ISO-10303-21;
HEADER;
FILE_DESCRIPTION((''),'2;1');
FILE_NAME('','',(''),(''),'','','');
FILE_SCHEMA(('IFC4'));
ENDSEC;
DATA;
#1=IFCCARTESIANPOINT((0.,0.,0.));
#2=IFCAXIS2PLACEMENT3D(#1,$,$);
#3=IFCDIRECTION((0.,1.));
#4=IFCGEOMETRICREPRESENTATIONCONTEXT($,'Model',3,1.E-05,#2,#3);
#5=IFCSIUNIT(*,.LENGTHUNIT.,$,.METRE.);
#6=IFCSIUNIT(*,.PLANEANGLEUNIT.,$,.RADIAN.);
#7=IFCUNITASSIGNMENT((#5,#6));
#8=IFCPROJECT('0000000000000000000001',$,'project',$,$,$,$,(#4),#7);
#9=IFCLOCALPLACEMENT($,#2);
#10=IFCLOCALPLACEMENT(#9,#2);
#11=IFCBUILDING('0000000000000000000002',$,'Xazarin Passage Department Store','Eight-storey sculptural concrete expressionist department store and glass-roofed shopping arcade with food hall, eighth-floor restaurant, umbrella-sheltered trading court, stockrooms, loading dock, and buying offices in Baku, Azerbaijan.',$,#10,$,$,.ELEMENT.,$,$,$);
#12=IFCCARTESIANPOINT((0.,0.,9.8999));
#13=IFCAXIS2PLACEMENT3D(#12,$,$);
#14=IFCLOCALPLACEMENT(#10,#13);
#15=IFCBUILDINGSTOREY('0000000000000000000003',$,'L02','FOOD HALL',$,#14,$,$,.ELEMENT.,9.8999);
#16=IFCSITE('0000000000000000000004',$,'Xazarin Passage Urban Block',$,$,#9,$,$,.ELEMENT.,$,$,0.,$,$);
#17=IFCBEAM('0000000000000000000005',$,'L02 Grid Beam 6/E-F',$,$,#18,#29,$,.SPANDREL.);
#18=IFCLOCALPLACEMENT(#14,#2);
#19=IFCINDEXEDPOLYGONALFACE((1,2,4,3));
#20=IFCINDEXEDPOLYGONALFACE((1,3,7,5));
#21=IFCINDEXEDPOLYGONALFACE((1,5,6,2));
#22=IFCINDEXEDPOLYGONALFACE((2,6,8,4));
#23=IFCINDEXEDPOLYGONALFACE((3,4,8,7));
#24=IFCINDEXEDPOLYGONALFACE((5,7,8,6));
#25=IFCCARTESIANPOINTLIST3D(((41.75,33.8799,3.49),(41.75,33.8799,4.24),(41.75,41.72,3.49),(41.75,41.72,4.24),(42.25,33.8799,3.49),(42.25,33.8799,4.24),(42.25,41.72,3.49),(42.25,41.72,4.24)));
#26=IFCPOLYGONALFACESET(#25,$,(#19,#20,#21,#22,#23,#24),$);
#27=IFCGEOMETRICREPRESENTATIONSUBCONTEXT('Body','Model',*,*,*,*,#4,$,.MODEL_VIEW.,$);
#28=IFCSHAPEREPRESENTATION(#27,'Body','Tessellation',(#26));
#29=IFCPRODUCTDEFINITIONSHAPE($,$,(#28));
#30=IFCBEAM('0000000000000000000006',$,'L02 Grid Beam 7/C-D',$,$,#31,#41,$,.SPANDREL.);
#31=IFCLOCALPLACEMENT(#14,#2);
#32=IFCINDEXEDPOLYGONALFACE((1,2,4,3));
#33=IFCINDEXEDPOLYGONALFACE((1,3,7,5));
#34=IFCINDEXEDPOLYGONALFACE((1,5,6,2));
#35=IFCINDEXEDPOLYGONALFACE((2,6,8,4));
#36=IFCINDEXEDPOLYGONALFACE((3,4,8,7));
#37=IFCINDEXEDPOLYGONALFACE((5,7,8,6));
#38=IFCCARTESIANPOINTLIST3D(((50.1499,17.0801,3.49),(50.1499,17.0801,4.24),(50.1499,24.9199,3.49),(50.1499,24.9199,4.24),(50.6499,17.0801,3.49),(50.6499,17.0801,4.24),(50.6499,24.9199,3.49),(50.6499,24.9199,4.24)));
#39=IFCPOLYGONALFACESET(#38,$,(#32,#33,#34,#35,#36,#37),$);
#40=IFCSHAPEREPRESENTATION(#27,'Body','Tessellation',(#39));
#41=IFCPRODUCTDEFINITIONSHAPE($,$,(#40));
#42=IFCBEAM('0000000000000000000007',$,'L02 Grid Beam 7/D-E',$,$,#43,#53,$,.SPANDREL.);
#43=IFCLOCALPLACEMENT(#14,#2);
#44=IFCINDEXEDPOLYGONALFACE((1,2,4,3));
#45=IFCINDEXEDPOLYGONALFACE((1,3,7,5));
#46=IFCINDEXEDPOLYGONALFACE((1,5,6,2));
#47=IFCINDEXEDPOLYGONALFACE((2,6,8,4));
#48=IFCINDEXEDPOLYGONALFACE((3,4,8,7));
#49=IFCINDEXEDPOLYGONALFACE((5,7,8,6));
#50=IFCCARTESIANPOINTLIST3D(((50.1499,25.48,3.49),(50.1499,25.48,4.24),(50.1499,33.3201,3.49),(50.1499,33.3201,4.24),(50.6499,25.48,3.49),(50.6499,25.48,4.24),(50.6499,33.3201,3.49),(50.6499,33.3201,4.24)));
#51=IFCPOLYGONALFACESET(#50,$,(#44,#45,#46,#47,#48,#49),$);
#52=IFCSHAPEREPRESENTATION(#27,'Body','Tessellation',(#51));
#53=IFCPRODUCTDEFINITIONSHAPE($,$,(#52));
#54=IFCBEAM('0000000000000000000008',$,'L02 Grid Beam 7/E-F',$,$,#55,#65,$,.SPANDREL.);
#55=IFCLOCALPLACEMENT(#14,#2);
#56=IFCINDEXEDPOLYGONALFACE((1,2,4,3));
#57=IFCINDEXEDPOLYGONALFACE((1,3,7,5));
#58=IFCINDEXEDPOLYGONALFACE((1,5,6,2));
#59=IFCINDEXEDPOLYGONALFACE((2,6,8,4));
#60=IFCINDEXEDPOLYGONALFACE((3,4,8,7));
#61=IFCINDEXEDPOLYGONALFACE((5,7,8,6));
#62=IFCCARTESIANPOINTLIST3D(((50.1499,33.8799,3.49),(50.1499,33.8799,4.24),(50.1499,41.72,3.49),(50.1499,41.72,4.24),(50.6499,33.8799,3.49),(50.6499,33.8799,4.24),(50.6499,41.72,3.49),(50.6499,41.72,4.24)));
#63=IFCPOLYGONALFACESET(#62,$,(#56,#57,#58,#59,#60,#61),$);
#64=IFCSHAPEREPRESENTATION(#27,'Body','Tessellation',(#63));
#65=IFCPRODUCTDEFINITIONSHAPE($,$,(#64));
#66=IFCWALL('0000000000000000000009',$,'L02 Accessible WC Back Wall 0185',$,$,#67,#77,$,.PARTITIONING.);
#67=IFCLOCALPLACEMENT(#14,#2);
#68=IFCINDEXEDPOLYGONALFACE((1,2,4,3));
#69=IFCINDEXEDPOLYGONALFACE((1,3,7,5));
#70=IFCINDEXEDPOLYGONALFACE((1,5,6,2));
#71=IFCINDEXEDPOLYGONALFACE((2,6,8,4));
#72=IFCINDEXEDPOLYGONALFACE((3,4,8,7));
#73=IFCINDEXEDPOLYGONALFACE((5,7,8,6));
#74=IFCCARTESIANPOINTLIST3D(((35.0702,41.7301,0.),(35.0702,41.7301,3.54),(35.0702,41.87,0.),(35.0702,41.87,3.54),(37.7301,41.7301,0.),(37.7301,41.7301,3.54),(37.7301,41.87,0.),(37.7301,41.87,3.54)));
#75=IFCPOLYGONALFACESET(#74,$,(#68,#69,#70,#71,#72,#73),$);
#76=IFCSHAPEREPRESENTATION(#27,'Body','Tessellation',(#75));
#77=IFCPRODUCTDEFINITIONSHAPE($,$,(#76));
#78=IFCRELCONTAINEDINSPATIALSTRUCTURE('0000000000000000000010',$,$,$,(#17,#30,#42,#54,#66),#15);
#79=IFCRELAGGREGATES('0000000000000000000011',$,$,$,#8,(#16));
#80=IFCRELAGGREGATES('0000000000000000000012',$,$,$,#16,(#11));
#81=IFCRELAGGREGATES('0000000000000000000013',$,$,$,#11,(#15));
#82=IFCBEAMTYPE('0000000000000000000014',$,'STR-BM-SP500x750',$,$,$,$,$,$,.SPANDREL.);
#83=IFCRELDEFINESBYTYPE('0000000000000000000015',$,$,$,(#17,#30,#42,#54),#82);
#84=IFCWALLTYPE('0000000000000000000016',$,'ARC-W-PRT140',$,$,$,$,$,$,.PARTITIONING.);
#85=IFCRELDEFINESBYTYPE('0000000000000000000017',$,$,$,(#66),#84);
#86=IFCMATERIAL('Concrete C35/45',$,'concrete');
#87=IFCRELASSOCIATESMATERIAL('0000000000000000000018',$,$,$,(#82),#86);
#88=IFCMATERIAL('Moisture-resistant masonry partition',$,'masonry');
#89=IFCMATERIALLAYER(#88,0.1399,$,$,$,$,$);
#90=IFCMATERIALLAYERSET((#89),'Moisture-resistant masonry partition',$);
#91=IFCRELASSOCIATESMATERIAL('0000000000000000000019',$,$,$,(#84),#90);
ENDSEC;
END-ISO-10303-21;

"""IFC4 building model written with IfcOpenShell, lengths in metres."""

from ifc_helpers import new_model, si_unit, direction, frame, frame_2d, origin, origin_2d, place, context, subcontext, project, spatial, rectangle, extrude, material, layer, layer_set, material_profile, profile_set, type_object, element, save


model = new_model("IFC4")

# Units and contexts
model_context = context("Model", 3, precision=1e-05, world=origin(), true_north=direction((0.0, 1.0)))
body_context = subcontext(model_context, "Body", "Model", "MODEL_VIEW")
ifc_project = project(units=[si_unit("LENGTHUNIT", "METRE"), si_unit("PLANEANGLEUNIT", "RADIAN")], contexts=[model_context])

# Site, building, storey
site_placement = place(None, origin())
site = spatial("IfcSite", under=ifc_project, at=site_placement, Name="Xazarin Passage Urban Block", CompositionType="ELEMENT", RefElevation=0.0)
building_placement = place(site_placement, origin())
building = spatial("IfcBuilding", under=site, at=building_placement, Name="Xazarin Passage Department Store", Description="Eight-storey sculptural concrete expressionist department store and glass-roofed shopping arcade with food hall, eighth-floor restaurant, umbrella-sheltered trading court, stockrooms, loading dock, and buying offices in Baku, Azerbaijan.", CompositionType="ELEMENT")
storey_placement = place(building_placement, frame((0.0, 0.0, 9.8999)))
storey = spatial("IfcBuildingStorey", under=building, at=storey_placement, Name="L02", Description="FOOD HALL", CompositionType="ELEMENT", Elevation=9.8999)

# Beams
ifc_material_1 = material(Name="Concrete C35/45", Category="concrete")
ifc_material_profile_1 = material_profile(ifc_material_1, rectangle(XDim=0.5, YDim=0.75, at=origin_2d()), Name="RC 500x750")
ifc_profile_set_1 = profile_set([ifc_material_profile_1], Name="Concrete C35/45")
beam_type_1 = type_object("IfcBeamType", Name="STR-BM-SP500x750", PredefinedType="SPANDREL", material=ifc_profile_set_1)
for number, where, z_axis, x_axis, name in (
    (1, (42.0, 33.8799, 3.865), (0.0, 1.0, 0.0), (-1.0, 0.0, 0.0), "L02 Grid Beam 6/E-F"),
):
    element("IfcBeam", number, at=place(storey_placement, frame(where, z_axis=z_axis, x_axis=x_axis)), inside=storey, type_object=beam_type_1, Name=name, PredefinedType="SPANDREL", context=body_context, shape_type="SweptSolid", body=[
        extrude(rectangle(XDim=0.5, YDim=0.75, at=origin_2d()), origin(), (0.0, 0.0, 1.0), 7.8401),
    ])
beam_1_placement = place(storey_placement, frame((50.3999, 17.0801, 3.865), z_axis=(0.0, 1.0, 0.0), x_axis=(-1.0, 0.0, 0.0)))
element("IfcBeam", 2, at=beam_1_placement, inside=storey, type_object=beam_type_1, Name="L02 Grid Beam 7/C-D", PredefinedType="SPANDREL", context=body_context, shape_type="SweptSolid", body=[
    extrude(rectangle(XDim=0.5, YDim=0.75, at=origin_2d()), origin(), (0.0, 0.0, 1.0), 7.8398),
])
for number, where, z_axis, x_axis, name in (
    (3, (50.3999, 25.48, 3.865), (0.0, 1.0, 0.0), (-1.0, 0.0, 0.0), "L02 Grid Beam 7/D-E"),
    (4, (50.3999, 33.8799, 3.865), (0.0, 1.0, 0.0), (-1.0, 0.0, 0.0), "L02 Grid Beam 7/E-F"),
):
    element("IfcBeam", number, at=place(storey_placement, frame(where, z_axis=z_axis, x_axis=x_axis)), inside=storey, type_object=beam_type_1, Name=name, PredefinedType="SPANDREL", context=body_context, shape_type="SweptSolid", body=[
        extrude(rectangle(XDim=0.5, YDim=0.75, at=origin_2d()), origin(), (0.0, 0.0, 1.0), 7.8401),
    ])

# Wall
ifc_material_2 = material(Name="Moisture-resistant masonry partition", Category="masonry")
ifc_layer = layer(ifc_material_2, 0.1399)
ifc_layer_set = layer_set([ifc_layer], Name="Moisture-resistant masonry partition")
wall_type = type_object("IfcWallType", Name="ARC-W-PRT140", PredefinedType="PARTITIONING", material=ifc_layer_set)
wall_placement = place(storey_placement, frame((35.0701, 41.8, 0.0), z_axis=(0.0, 0.0, 1.0), x_axis=(1.0, 0.0, 0.0)))
element("IfcWall", 5, at=wall_placement, inside=storey, type_object=wall_type, Name="L02 Accessible WC Back Wall 0185", PredefinedType="PARTITIONING", context=body_context, shape_type="SweptSolid", body=[
    extrude(rectangle(XDim=2.6599, YDim=0.1399, at=frame_2d((1.3301, 0.0))), origin(), (0.0, 0.0, 1.0), 3.54),
])

save(model, "model.ifc")
